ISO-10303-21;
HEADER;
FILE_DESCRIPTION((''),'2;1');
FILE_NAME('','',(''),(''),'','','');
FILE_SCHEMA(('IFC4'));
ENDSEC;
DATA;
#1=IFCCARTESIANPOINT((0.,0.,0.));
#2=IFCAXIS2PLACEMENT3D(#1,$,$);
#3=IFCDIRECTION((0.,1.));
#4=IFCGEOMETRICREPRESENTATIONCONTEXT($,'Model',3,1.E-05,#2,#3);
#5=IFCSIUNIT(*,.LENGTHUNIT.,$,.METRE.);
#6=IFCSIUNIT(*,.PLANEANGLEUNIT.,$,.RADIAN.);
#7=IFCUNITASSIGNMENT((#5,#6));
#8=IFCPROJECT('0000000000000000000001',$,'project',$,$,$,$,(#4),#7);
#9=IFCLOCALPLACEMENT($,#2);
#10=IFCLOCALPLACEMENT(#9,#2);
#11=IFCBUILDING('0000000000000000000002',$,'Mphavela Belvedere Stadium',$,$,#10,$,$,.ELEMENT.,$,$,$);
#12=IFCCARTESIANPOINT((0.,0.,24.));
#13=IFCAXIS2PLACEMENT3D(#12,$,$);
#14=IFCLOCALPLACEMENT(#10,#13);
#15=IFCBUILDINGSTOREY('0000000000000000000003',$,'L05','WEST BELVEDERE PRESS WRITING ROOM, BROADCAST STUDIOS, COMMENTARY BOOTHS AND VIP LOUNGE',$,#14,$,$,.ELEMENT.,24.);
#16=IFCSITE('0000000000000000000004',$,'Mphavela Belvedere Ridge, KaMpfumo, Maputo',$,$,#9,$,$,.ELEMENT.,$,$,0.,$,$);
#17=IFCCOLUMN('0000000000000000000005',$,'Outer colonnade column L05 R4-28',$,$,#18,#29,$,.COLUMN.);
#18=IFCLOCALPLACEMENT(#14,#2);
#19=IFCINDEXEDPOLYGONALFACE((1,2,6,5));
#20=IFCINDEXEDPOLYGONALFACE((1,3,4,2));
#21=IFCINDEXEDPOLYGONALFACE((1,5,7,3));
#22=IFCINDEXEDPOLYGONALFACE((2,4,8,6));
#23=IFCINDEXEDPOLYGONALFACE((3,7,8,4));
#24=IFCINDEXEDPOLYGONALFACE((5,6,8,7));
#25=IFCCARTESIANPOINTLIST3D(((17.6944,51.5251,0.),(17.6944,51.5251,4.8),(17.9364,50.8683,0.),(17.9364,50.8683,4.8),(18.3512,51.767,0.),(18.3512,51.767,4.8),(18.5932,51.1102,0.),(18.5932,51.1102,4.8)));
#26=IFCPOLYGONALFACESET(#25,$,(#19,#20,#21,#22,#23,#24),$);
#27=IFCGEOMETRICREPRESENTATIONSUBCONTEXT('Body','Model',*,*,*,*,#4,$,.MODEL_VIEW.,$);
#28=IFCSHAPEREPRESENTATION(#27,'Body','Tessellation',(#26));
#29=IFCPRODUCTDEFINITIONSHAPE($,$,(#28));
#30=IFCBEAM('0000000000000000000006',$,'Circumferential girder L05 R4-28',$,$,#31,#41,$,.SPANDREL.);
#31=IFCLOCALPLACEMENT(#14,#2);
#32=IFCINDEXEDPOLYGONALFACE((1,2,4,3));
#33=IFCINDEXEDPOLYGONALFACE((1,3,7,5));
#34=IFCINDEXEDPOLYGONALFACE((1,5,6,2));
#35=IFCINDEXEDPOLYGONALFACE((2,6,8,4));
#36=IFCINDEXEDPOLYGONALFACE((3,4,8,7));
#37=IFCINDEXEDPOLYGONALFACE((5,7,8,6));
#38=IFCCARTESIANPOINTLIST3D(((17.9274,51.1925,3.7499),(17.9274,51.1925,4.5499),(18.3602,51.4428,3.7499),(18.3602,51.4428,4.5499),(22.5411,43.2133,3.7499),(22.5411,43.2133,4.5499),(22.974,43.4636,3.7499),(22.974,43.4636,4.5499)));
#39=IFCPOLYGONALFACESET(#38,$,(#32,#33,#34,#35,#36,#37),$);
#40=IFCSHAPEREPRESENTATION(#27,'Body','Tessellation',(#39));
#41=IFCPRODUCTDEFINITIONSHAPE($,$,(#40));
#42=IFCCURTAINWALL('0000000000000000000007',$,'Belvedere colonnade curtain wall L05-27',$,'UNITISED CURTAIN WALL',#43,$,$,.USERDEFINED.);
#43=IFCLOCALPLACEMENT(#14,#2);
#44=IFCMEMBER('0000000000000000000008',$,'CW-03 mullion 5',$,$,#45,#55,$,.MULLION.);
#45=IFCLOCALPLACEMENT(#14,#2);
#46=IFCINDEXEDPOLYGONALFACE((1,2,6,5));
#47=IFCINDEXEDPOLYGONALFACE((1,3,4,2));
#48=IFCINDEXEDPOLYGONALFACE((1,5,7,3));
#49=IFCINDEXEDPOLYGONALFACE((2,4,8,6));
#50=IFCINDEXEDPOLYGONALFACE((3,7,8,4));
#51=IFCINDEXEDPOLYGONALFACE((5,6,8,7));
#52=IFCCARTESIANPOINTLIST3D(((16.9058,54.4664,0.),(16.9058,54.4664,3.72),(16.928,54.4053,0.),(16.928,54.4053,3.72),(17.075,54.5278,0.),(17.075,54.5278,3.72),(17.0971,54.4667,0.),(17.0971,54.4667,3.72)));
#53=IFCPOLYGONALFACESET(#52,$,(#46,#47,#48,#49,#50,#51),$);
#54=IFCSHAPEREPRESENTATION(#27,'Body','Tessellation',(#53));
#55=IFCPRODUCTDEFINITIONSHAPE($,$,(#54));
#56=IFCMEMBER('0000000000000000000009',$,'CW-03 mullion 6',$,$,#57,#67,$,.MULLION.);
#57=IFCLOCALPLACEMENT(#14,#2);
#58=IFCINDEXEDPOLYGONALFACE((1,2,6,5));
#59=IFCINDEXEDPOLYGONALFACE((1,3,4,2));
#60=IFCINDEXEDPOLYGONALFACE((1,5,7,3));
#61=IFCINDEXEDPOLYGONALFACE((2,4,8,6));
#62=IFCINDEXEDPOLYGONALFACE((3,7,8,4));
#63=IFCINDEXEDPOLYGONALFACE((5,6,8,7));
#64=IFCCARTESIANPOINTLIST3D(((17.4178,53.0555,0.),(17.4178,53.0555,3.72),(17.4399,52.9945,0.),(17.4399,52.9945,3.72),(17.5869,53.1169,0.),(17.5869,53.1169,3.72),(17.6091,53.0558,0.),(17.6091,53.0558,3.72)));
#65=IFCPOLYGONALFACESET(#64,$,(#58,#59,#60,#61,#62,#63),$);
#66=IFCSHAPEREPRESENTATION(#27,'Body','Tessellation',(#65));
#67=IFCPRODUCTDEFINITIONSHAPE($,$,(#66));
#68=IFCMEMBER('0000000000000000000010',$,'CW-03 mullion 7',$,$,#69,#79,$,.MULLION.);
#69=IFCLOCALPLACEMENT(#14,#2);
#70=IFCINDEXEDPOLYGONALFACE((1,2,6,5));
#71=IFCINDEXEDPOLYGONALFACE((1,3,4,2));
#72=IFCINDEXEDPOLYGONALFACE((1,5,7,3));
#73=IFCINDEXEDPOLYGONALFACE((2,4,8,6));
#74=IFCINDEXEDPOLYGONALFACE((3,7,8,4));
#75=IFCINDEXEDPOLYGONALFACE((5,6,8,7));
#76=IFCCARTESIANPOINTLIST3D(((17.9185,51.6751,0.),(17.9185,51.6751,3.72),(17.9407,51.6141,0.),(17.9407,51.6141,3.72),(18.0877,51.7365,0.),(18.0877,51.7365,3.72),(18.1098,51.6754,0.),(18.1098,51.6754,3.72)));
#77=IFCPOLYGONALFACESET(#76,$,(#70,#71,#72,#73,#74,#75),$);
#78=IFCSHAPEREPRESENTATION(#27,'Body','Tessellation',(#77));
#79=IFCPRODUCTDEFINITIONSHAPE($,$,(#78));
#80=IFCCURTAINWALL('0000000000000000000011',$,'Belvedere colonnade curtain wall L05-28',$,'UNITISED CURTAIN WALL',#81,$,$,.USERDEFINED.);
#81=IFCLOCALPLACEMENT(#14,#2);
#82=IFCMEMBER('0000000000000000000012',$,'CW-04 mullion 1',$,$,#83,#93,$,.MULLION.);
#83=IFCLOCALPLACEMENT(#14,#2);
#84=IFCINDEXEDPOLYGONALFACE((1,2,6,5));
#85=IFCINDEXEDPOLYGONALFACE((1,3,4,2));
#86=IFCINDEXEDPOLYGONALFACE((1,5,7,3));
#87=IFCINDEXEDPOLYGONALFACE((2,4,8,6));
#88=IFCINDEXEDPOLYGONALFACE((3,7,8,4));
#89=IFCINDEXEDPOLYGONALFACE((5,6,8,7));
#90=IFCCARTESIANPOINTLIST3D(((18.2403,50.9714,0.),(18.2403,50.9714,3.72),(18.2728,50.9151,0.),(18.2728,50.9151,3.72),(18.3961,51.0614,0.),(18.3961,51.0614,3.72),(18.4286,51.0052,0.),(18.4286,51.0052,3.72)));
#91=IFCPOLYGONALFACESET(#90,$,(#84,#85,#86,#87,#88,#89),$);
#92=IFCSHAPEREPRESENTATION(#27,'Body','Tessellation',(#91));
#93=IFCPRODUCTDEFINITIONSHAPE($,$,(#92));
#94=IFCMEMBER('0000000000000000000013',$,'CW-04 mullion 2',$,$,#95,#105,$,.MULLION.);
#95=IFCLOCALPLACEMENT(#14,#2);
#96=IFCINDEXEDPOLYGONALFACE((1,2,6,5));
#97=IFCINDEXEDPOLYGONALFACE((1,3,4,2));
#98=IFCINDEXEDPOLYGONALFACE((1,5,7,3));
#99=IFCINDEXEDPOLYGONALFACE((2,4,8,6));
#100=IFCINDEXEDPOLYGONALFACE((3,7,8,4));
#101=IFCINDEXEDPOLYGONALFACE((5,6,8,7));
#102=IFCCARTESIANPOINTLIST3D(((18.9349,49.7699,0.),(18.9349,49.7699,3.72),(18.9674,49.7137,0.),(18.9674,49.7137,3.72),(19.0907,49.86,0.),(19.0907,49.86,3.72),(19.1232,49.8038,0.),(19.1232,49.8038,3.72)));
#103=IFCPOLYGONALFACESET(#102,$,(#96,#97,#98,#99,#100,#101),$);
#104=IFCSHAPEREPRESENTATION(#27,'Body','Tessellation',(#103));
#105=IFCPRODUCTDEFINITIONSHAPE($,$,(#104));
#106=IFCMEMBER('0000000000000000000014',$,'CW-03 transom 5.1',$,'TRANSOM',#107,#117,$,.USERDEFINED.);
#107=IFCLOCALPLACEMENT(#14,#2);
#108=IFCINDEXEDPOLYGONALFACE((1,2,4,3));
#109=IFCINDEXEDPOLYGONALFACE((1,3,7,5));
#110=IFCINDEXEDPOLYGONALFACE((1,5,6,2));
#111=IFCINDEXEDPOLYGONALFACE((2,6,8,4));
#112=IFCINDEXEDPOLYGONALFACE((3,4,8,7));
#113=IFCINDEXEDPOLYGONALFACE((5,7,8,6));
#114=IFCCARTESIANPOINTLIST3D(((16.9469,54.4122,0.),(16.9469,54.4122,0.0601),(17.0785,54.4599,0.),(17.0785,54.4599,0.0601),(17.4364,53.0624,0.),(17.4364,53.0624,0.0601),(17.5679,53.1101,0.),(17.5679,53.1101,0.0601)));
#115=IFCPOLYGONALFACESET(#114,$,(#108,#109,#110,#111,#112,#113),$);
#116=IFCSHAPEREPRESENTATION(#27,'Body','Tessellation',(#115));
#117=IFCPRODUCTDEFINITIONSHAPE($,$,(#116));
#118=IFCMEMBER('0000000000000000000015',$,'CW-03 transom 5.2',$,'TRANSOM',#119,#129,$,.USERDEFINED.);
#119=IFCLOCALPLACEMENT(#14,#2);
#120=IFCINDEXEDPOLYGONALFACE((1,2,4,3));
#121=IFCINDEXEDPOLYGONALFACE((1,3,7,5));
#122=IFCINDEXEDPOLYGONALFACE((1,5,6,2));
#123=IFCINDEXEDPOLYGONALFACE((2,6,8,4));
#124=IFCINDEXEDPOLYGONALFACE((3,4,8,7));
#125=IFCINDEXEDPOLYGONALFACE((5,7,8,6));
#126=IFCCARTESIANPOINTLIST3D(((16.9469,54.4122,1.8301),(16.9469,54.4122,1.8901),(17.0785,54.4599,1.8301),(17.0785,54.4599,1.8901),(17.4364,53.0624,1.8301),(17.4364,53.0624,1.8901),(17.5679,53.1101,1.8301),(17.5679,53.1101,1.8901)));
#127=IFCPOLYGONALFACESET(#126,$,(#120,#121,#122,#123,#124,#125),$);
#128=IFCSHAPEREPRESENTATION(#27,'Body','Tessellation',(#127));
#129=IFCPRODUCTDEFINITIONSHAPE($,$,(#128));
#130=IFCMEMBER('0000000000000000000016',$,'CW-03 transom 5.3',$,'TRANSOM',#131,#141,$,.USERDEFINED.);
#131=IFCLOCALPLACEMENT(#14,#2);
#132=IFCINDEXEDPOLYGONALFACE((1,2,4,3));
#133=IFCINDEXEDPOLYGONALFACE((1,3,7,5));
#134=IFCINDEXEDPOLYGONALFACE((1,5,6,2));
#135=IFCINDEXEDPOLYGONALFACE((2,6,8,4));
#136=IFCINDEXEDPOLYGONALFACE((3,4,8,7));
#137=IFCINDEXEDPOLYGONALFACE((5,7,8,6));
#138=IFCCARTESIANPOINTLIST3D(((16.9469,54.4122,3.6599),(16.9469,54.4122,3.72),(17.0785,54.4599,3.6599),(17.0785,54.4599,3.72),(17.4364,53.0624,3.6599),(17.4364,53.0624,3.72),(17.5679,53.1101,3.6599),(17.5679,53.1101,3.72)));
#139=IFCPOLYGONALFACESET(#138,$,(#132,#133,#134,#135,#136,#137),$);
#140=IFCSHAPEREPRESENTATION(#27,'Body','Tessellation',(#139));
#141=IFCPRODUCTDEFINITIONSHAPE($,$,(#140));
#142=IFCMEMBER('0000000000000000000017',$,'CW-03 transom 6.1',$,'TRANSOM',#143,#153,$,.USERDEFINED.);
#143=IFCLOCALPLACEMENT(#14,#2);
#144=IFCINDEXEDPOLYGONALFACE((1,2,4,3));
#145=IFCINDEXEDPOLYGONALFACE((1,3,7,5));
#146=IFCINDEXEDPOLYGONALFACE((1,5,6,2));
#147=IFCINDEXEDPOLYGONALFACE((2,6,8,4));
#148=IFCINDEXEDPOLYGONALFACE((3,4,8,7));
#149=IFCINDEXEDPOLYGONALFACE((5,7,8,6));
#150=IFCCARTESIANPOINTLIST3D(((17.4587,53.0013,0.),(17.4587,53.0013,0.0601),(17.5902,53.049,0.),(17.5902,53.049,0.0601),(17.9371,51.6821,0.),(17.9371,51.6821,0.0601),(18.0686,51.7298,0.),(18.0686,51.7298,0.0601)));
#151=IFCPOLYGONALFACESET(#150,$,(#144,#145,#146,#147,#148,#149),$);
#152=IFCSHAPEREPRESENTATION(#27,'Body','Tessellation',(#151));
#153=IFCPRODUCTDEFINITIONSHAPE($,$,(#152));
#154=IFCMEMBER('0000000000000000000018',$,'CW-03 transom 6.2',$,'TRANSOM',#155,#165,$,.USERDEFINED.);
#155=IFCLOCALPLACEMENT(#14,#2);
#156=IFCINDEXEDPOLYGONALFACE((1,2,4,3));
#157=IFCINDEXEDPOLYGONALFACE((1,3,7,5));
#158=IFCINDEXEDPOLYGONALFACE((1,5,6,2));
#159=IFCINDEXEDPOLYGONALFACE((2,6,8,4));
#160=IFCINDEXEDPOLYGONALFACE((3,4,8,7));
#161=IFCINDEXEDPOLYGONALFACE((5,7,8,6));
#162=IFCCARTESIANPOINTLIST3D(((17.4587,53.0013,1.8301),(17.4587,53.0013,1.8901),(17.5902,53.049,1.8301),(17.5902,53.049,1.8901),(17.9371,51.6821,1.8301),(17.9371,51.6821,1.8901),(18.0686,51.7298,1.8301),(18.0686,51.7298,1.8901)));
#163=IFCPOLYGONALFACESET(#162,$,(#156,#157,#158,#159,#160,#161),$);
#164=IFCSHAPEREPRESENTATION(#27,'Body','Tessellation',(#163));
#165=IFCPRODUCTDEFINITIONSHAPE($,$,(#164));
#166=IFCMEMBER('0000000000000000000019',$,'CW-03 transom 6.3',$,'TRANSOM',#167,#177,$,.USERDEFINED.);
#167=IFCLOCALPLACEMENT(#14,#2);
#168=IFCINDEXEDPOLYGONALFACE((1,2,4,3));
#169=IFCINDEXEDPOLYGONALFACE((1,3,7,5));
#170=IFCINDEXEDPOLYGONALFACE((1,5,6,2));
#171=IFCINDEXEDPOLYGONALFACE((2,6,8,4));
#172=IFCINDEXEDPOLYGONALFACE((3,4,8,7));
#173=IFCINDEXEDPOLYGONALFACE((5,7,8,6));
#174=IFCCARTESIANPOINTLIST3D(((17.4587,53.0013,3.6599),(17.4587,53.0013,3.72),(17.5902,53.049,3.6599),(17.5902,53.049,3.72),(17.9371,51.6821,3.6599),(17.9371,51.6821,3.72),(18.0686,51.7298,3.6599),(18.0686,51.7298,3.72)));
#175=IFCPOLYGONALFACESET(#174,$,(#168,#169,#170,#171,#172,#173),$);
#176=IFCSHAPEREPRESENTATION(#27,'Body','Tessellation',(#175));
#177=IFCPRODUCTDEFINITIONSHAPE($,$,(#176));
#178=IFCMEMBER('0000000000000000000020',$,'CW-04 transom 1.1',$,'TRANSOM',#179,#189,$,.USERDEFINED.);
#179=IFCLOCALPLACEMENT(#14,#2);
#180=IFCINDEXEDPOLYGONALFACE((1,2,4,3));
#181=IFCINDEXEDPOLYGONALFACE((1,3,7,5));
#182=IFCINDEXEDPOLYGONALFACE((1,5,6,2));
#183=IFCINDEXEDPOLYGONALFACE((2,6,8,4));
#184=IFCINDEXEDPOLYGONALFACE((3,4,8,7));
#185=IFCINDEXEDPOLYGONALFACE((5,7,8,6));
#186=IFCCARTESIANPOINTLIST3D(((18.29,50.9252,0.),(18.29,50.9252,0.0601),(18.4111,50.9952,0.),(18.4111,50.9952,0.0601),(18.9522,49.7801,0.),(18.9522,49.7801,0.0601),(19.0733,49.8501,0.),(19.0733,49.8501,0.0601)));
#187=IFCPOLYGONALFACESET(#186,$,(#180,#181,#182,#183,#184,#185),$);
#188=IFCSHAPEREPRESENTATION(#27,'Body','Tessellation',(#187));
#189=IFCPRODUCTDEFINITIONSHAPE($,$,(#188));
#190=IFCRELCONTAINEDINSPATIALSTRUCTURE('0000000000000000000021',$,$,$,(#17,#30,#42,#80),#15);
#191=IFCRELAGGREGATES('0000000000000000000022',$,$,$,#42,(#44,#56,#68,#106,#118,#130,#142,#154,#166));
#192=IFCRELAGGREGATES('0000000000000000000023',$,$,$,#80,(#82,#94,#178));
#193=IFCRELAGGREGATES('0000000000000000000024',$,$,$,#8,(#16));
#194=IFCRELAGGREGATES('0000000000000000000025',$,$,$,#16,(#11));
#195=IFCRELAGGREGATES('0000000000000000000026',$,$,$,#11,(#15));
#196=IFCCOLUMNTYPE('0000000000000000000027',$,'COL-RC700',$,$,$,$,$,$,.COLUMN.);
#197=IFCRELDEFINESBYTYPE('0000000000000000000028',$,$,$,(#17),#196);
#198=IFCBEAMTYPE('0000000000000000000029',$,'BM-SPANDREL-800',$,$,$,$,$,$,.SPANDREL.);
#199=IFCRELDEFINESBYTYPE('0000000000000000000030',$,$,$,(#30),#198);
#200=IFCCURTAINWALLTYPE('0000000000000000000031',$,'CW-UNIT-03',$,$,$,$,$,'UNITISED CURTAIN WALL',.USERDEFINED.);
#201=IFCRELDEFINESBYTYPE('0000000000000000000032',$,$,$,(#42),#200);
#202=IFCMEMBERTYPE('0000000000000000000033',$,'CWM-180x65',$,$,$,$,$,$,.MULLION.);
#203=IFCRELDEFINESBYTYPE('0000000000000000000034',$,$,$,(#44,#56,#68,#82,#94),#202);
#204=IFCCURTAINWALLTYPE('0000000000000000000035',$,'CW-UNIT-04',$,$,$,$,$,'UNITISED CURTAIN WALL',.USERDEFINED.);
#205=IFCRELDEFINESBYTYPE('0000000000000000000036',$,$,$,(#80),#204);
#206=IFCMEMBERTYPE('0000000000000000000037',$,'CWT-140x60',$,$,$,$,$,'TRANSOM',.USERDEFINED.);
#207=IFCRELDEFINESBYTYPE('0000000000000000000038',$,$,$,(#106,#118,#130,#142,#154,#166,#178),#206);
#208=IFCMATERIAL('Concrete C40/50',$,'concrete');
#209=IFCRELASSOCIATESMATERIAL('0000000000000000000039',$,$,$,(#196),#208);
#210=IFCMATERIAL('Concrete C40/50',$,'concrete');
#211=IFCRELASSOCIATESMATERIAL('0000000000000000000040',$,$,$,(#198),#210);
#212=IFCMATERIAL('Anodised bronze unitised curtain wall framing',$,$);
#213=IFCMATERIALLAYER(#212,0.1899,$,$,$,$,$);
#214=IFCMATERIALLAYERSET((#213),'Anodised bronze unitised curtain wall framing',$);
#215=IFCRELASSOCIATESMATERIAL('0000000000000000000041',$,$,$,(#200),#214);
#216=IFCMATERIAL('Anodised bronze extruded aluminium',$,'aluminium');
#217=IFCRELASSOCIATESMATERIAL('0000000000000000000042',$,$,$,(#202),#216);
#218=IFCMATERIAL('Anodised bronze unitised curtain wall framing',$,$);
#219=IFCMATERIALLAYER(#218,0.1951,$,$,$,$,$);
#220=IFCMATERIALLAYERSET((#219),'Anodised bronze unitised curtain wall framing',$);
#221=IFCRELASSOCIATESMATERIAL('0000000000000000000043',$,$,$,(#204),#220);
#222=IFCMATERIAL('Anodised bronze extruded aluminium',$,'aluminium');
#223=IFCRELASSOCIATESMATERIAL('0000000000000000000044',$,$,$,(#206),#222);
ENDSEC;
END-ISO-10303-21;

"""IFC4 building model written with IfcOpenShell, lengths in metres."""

from ifc_helpers import new_model, si_unit, direction, frame, origin, origin_2d, place, context, subcontext, project, spatial, rectangle, extrude, material, layer, layer_set, material_profile, profile_set, type_object, element, aggregate, save


model = new_model("IFC4")

# Units and contexts
model_context = context("Model", 3, precision=1e-05, world=origin(), true_north=direction((0.0, 1.0)))
body_context = subcontext(model_context, "Body", "Model", "MODEL_VIEW")
ifc_project = project(units=[si_unit("LENGTHUNIT", "METRE"), si_unit("PLANEANGLEUNIT", "RADIAN")], contexts=[model_context])

# Site, building, storey
site_placement = place(None, origin())
site = spatial("IfcSite", under=ifc_project, at=site_placement, Name="Mphavela Belvedere Ridge, KaMpfumo, Maputo", CompositionType="ELEMENT", RefElevation=0.0)
building_placement = place(site_placement, origin())
building = spatial("IfcBuilding", under=site, at=building_placement, Name="Mphavela Belvedere Stadium", CompositionType="ELEMENT")
storey_placement = place(building_placement, frame((0.0, 0.0, 24.0)))
storey = spatial("IfcBuildingStorey", under=building, at=storey_placement, Name="L05", Description="WEST BELVEDERE PRESS WRITING ROOM, BROADCAST STUDIOS, COMMENTARY BOOTHS AND VIP LOUNGE", CompositionType="ELEMENT", Elevation=24.0)

# Column
ifc_material_1 = material(Name="Concrete C40/50", Category="concrete")
ifc_material_profile_1 = material_profile(ifc_material_1, rectangle(XDim=0.7, YDim=0.7, at=origin_2d()), Name="RC 700x700")
ifc_profile_set_1 = profile_set([ifc_material_profile_1], Name="Concrete C40/50")
column_type = type_object("IfcColumnType", Name="COL-RC700", PredefinedType="COLUMN", material=ifc_profile_set_1)
column_placement = place(storey_placement, frame((18.1438, 51.3176, 0.0), z_axis=(0.0, 0.0, 1.0), x_axis=(-0.938372, -0.345626, 0.0)))
element("IfcColumn", 1, at=column_placement, inside=storey, type_object=column_type, Name="Outer colonnade column L05 R4-28", PredefinedType="COLUMN", context=body_context, shape_type="SweptSolid", body=[
    extrude(rectangle(XDim=0.7, YDim=0.7, at=origin_2d()), origin(), (0.0, 0.0, 1.0), 4.8),
])

# Beam
ifc_material_2 = material(Name="Concrete C40/50", Category="concrete")
ifc_material_profile_2 = material_profile(ifc_material_2, rectangle(XDim=0.5, YDim=0.8, at=origin_2d()), Name="RC 500x800")
ifc_profile_set_2 = profile_set([ifc_material_profile_2], Name="Concrete C40/50")
beam_type = type_object("IfcBeamType", Name="BM-SPANDREL-800", PredefinedType="SPANDREL", material=ifc_profile_set_2)
beam_placement = place(storey_placement, frame((18.1438, 51.3176, 4.1499), z_axis=(0.500565, -0.865699, 0.0), x_axis=(0.865699, 0.500565, 0.0)))
element("IfcBeam", 2, at=beam_placement, inside=storey, type_object=beam_type, Name="Circumferential girder L05 R4-28", PredefinedType="SPANDREL", context=body_context, shape_type="SweptSolid", body=[
    extrude(rectangle(XDim=0.5, YDim=0.8, at=origin_2d()), origin(), (0.0, 0.0, 1.0), 9.217),
])

# Curtain walls, members
ifc_material_3 = material(Name="Anodised bronze unitised curtain wall framing")
ifc_layer_1 = layer(ifc_material_3, 0.1899)
ifc_layer_set_1 = layer_set([ifc_layer_1], Name="Anodised bronze unitised curtain wall framing")
curtain_wall_type_1 = type_object("IfcCurtainWallType", Name="CW-UNIT-03", ElementType="UNITISED CURTAIN WALL", PredefinedType="USERDEFINED", material=ifc_layer_set_1)
curtain_wall_1_placement = place(storey_placement, origin())
curtain_wall_1 = element("IfcCurtainWall", 3, at=curtain_wall_1_placement, inside=storey, type_object=curtain_wall_type_1, Name="Belvedere colonnade curtain wall L05-27", ObjectType="UNITISED CURTAIN WALL", PredefinedType="USERDEFINED")
ifc_material_4 = material(Name="Anodised bronze extruded aluminium", Category="aluminium")
ifc_material_profile_3 = material_profile(ifc_material_4, rectangle(XDim=0.1799, YDim=0.0649, at=origin_2d()), Name="CW-MUL 180x65")
ifc_profile_set_3 = profile_set([ifc_material_profile_3], Name="Anodised bronze extruded aluminium")
member_type_1 = type_object("IfcMemberType", Name="CWM-180x65", PredefinedType="MULLION", material=ifc_profile_set_3)
member_1_placement = place(storey_placement, frame((17.0015, 54.4666, 0.0), z_axis=(0.0, 0.0, 1.0), x_axis=(0.940053, 0.341027, 0.0)))
member_1 = element("IfcMember", 4, at=member_1_placement, type_object=member_type_1, Name="CW-03 mullion 5", PredefinedType="MULLION", context=body_context, shape_type="SweptSolid", body=[
    extrude(rectangle(XDim=0.1799, YDim=0.0649, at=origin_2d()), origin(), (0.0, 0.0, 1.0), 3.72),
])
member_2_placement = place(storey_placement, frame((17.5134, 53.0557, 0.0), z_axis=(0.0, 0.0, 1.0), x_axis=(0.940053, 0.341027, 0.0)))
member_2 = element("IfcMember", 5, at=member_2_placement, type_object=member_type_1, Name="CW-03 mullion 6", PredefinedType="MULLION", context=body_context, shape_type="SweptSolid", body=[
    extrude(rectangle(XDim=0.1799, YDim=0.0649, at=origin_2d()), origin(), (0.0, 0.0, 1.0), 3.72),
])
member_3_placement = place(storey_placement, frame((18.0142, 51.6753, 0.0), z_axis=(0.0, 0.0, 1.0), x_axis=(0.940053, 0.341027, 0.0)))
member_3 = element("IfcMember", 6, at=member_3_placement, type_object=member_type_1, Name="CW-03 mullion 7", PredefinedType="MULLION", context=body_context, shape_type="SweptSolid", body=[
    extrude(rectangle(XDim=0.1799, YDim=0.0649, at=origin_2d()), origin(), (0.0, 0.0, 1.0), 3.72),
])
ifc_material_5 = material(Name="Anodised bronze unitised curtain wall framing")
ifc_layer_2 = layer(ifc_material_5, 0.1951)
ifc_layer_set_2 = layer_set([ifc_layer_2], Name="Anodised bronze unitised curtain wall framing")
curtain_wall_type_2 = type_object("IfcCurtainWallType", Name="CW-UNIT-04", ElementType="UNITISED CURTAIN WALL", PredefinedType="USERDEFINED", material=ifc_layer_set_2)
curtain_wall_2_placement = place(storey_placement, origin())
curtain_wall_2 = element("IfcCurtainWall", 7, at=curtain_wall_2_placement, inside=storey, type_object=curtain_wall_type_2, Name="Belvedere colonnade curtain wall L05-28", ObjectType="UNITISED CURTAIN WALL", PredefinedType="USERDEFINED")
member_4_placement = place(storey_placement, frame((18.3345, 50.9883, 0.0), z_axis=(0.0, 0.0, 1.0), x_axis=(0.865704, 0.500556, 0.0)))
member_4 = element("IfcMember", 8, at=member_4_placement, type_object=member_type_1, Name="CW-04 mullion 1", PredefinedType="MULLION", context=body_context, shape_type="SweptSolid", body=[
    extrude(rectangle(XDim=0.1799, YDim=0.0649, at=origin_2d()), origin(), (0.0, 0.0, 1.0), 3.72),
])
member_5_placement = place(storey_placement, frame((19.0291, 49.7869, 0.0), z_axis=(0.0, 0.0, 1.0), x_axis=(0.865704, 0.500556, 0.0)))
member_5 = element("IfcMember", 9, at=member_5_placement, type_object=member_type_1, Name="CW-04 mullion 2", PredefinedType="MULLION", context=body_context, shape_type="SweptSolid", body=[
    extrude(rectangle(XDim=0.1799, YDim=0.0649, at=origin_2d()), origin(), (0.0, 0.0, 1.0), 3.72),
])

# Members
ifc_material_6 = material(Name="Anodised bronze extruded aluminium", Category="aluminium")
ifc_material_profile_4 = material_profile(ifc_material_6, rectangle(XDim=0.1399, YDim=0.0601, at=origin_2d()), Name="CW-TRN 140x60")
ifc_profile_set_4 = profile_set([ifc_material_profile_4], Name="Anodised bronze extruded aluminium")
member_type_2 = type_object("IfcMemberType", Name="CWT-140x60", ElementType="TRANSOM", PredefinedType="USERDEFINED", material=ifc_profile_set_4)
member_6_placement = place(storey_placement, frame((17.0127, 54.436, 0.03), z_axis=(0.34091, -0.940096, 0.0), x_axis=(0.940096, 0.34091, 0.0)))
member_6 = element("IfcMember", 10, at=member_6_placement, type_object=member_type_2, Name="CW-03 transom 5.1", ObjectType="TRANSOM", PredefinedType="USERDEFINED", context=body_context, shape_type="SweptSolid", body=[
    extrude(rectangle(XDim=0.1399, YDim=0.0601, at=origin_2d()), origin(), (0.0, 0.0, 1.0), 1.4358),
])
member_7_placement = place(storey_placement, frame((17.0127, 54.436, 1.8601), z_axis=(0.34091, -0.940096, 0.0), x_axis=(0.940096, 0.34091, 0.0)))
member_7 = element("IfcMember", 11, at=member_7_placement, type_object=member_type_2, Name="CW-03 transom 5.2", ObjectType="TRANSOM", PredefinedType="USERDEFINED", context=body_context, shape_type="SweptSolid", body=[
    extrude(rectangle(XDim=0.1399, YDim=0.0601, at=origin_2d()), origin(), (0.0, 0.0, 1.0), 1.4358),
])
member_8_placement = place(storey_placement, frame((17.0127, 54.436, 3.6899), z_axis=(0.34091, -0.940096, 0.0), x_axis=(0.940096, 0.34091, 0.0)))
member_8 = element("IfcMember", 12, at=member_8_placement, type_object=member_type_2, Name="CW-03 transom 5.3", ObjectType="TRANSOM", PredefinedType="USERDEFINED", context=body_context, shape_type="SweptSolid", body=[
    extrude(rectangle(XDim=0.1399, YDim=0.0601, at=origin_2d()), origin(), (0.0, 0.0, 1.0), 1.4358),
])
member_9_placement = place(storey_placement, frame((17.5244, 53.0251, 0.03), z_axis=(0.340961, -0.940078, 0.0), x_axis=(0.940078, 0.340961, 0.0)))
member_9 = element("IfcMember", 13, at=member_9_placement, type_object=member_type_2, Name="CW-03 transom 6.1", ObjectType="TRANSOM", PredefinedType="USERDEFINED", context=body_context, shape_type="SweptSolid", body=[
    extrude(rectangle(XDim=0.1399, YDim=0.0601, at=origin_2d()), origin(), (0.0, 0.0, 1.0), 1.4033),
])
member_10_placement = place(storey_placement, frame((17.5244, 53.0251, 1.8601), z_axis=(0.340961, -0.940078, 0.0), x_axis=(0.940078, 0.340961, 0.0)))
member_10 = element("IfcMember", 14, at=member_10_placement, type_object=member_type_2, Name="CW-03 transom 6.2", ObjectType="TRANSOM", PredefinedType="USERDEFINED", context=body_context, shape_type="SweptSolid", body=[
    extrude(rectangle(XDim=0.1399, YDim=0.0601, at=origin_2d()), origin(), (0.0, 0.0, 1.0), 1.4033),
])
member_11_placement = place(storey_placement, frame((17.5244, 53.0251, 3.6899), z_axis=(0.340961, -0.940078, 0.0), x_axis=(0.940078, 0.340961, 0.0)))
member_11 = element("IfcMember", 15, at=member_11_placement, type_object=member_type_2, Name="CW-03 transom 6.3", ObjectType="TRANSOM", PredefinedType="USERDEFINED", context=body_context, shape_type="SweptSolid", body=[
    extrude(rectangle(XDim=0.1399, YDim=0.0601, at=origin_2d()), origin(), (0.0, 0.0, 1.0), 1.4033),
])
member_12_placement = place(storey_placement, frame((18.3506, 50.9602, 0.03), z_axis=(0.500585, -0.865687, 0.0), x_axis=(0.865687, 0.500585, 0.0)))
member_12 = element("IfcMember", 16, at=member_12_placement, type_object=member_type_2, Name="CW-04 transom 1.1", ObjectType="TRANSOM", PredefinedType="USERDEFINED", context=body_context, shape_type="SweptSolid", body=[
    extrude(rectangle(XDim=0.1399, YDim=0.0601, at=origin_2d()), origin(), (0.0, 0.0, 1.0), 1.3228),
])

aggregate(curtain_wall_1, [member_1, member_2, member_3, member_6, member_7, member_8, member_9, member_10, member_11])
aggregate(curtain_wall_2, [member_4, member_5, member_12])

save(model, "model.ifc")
